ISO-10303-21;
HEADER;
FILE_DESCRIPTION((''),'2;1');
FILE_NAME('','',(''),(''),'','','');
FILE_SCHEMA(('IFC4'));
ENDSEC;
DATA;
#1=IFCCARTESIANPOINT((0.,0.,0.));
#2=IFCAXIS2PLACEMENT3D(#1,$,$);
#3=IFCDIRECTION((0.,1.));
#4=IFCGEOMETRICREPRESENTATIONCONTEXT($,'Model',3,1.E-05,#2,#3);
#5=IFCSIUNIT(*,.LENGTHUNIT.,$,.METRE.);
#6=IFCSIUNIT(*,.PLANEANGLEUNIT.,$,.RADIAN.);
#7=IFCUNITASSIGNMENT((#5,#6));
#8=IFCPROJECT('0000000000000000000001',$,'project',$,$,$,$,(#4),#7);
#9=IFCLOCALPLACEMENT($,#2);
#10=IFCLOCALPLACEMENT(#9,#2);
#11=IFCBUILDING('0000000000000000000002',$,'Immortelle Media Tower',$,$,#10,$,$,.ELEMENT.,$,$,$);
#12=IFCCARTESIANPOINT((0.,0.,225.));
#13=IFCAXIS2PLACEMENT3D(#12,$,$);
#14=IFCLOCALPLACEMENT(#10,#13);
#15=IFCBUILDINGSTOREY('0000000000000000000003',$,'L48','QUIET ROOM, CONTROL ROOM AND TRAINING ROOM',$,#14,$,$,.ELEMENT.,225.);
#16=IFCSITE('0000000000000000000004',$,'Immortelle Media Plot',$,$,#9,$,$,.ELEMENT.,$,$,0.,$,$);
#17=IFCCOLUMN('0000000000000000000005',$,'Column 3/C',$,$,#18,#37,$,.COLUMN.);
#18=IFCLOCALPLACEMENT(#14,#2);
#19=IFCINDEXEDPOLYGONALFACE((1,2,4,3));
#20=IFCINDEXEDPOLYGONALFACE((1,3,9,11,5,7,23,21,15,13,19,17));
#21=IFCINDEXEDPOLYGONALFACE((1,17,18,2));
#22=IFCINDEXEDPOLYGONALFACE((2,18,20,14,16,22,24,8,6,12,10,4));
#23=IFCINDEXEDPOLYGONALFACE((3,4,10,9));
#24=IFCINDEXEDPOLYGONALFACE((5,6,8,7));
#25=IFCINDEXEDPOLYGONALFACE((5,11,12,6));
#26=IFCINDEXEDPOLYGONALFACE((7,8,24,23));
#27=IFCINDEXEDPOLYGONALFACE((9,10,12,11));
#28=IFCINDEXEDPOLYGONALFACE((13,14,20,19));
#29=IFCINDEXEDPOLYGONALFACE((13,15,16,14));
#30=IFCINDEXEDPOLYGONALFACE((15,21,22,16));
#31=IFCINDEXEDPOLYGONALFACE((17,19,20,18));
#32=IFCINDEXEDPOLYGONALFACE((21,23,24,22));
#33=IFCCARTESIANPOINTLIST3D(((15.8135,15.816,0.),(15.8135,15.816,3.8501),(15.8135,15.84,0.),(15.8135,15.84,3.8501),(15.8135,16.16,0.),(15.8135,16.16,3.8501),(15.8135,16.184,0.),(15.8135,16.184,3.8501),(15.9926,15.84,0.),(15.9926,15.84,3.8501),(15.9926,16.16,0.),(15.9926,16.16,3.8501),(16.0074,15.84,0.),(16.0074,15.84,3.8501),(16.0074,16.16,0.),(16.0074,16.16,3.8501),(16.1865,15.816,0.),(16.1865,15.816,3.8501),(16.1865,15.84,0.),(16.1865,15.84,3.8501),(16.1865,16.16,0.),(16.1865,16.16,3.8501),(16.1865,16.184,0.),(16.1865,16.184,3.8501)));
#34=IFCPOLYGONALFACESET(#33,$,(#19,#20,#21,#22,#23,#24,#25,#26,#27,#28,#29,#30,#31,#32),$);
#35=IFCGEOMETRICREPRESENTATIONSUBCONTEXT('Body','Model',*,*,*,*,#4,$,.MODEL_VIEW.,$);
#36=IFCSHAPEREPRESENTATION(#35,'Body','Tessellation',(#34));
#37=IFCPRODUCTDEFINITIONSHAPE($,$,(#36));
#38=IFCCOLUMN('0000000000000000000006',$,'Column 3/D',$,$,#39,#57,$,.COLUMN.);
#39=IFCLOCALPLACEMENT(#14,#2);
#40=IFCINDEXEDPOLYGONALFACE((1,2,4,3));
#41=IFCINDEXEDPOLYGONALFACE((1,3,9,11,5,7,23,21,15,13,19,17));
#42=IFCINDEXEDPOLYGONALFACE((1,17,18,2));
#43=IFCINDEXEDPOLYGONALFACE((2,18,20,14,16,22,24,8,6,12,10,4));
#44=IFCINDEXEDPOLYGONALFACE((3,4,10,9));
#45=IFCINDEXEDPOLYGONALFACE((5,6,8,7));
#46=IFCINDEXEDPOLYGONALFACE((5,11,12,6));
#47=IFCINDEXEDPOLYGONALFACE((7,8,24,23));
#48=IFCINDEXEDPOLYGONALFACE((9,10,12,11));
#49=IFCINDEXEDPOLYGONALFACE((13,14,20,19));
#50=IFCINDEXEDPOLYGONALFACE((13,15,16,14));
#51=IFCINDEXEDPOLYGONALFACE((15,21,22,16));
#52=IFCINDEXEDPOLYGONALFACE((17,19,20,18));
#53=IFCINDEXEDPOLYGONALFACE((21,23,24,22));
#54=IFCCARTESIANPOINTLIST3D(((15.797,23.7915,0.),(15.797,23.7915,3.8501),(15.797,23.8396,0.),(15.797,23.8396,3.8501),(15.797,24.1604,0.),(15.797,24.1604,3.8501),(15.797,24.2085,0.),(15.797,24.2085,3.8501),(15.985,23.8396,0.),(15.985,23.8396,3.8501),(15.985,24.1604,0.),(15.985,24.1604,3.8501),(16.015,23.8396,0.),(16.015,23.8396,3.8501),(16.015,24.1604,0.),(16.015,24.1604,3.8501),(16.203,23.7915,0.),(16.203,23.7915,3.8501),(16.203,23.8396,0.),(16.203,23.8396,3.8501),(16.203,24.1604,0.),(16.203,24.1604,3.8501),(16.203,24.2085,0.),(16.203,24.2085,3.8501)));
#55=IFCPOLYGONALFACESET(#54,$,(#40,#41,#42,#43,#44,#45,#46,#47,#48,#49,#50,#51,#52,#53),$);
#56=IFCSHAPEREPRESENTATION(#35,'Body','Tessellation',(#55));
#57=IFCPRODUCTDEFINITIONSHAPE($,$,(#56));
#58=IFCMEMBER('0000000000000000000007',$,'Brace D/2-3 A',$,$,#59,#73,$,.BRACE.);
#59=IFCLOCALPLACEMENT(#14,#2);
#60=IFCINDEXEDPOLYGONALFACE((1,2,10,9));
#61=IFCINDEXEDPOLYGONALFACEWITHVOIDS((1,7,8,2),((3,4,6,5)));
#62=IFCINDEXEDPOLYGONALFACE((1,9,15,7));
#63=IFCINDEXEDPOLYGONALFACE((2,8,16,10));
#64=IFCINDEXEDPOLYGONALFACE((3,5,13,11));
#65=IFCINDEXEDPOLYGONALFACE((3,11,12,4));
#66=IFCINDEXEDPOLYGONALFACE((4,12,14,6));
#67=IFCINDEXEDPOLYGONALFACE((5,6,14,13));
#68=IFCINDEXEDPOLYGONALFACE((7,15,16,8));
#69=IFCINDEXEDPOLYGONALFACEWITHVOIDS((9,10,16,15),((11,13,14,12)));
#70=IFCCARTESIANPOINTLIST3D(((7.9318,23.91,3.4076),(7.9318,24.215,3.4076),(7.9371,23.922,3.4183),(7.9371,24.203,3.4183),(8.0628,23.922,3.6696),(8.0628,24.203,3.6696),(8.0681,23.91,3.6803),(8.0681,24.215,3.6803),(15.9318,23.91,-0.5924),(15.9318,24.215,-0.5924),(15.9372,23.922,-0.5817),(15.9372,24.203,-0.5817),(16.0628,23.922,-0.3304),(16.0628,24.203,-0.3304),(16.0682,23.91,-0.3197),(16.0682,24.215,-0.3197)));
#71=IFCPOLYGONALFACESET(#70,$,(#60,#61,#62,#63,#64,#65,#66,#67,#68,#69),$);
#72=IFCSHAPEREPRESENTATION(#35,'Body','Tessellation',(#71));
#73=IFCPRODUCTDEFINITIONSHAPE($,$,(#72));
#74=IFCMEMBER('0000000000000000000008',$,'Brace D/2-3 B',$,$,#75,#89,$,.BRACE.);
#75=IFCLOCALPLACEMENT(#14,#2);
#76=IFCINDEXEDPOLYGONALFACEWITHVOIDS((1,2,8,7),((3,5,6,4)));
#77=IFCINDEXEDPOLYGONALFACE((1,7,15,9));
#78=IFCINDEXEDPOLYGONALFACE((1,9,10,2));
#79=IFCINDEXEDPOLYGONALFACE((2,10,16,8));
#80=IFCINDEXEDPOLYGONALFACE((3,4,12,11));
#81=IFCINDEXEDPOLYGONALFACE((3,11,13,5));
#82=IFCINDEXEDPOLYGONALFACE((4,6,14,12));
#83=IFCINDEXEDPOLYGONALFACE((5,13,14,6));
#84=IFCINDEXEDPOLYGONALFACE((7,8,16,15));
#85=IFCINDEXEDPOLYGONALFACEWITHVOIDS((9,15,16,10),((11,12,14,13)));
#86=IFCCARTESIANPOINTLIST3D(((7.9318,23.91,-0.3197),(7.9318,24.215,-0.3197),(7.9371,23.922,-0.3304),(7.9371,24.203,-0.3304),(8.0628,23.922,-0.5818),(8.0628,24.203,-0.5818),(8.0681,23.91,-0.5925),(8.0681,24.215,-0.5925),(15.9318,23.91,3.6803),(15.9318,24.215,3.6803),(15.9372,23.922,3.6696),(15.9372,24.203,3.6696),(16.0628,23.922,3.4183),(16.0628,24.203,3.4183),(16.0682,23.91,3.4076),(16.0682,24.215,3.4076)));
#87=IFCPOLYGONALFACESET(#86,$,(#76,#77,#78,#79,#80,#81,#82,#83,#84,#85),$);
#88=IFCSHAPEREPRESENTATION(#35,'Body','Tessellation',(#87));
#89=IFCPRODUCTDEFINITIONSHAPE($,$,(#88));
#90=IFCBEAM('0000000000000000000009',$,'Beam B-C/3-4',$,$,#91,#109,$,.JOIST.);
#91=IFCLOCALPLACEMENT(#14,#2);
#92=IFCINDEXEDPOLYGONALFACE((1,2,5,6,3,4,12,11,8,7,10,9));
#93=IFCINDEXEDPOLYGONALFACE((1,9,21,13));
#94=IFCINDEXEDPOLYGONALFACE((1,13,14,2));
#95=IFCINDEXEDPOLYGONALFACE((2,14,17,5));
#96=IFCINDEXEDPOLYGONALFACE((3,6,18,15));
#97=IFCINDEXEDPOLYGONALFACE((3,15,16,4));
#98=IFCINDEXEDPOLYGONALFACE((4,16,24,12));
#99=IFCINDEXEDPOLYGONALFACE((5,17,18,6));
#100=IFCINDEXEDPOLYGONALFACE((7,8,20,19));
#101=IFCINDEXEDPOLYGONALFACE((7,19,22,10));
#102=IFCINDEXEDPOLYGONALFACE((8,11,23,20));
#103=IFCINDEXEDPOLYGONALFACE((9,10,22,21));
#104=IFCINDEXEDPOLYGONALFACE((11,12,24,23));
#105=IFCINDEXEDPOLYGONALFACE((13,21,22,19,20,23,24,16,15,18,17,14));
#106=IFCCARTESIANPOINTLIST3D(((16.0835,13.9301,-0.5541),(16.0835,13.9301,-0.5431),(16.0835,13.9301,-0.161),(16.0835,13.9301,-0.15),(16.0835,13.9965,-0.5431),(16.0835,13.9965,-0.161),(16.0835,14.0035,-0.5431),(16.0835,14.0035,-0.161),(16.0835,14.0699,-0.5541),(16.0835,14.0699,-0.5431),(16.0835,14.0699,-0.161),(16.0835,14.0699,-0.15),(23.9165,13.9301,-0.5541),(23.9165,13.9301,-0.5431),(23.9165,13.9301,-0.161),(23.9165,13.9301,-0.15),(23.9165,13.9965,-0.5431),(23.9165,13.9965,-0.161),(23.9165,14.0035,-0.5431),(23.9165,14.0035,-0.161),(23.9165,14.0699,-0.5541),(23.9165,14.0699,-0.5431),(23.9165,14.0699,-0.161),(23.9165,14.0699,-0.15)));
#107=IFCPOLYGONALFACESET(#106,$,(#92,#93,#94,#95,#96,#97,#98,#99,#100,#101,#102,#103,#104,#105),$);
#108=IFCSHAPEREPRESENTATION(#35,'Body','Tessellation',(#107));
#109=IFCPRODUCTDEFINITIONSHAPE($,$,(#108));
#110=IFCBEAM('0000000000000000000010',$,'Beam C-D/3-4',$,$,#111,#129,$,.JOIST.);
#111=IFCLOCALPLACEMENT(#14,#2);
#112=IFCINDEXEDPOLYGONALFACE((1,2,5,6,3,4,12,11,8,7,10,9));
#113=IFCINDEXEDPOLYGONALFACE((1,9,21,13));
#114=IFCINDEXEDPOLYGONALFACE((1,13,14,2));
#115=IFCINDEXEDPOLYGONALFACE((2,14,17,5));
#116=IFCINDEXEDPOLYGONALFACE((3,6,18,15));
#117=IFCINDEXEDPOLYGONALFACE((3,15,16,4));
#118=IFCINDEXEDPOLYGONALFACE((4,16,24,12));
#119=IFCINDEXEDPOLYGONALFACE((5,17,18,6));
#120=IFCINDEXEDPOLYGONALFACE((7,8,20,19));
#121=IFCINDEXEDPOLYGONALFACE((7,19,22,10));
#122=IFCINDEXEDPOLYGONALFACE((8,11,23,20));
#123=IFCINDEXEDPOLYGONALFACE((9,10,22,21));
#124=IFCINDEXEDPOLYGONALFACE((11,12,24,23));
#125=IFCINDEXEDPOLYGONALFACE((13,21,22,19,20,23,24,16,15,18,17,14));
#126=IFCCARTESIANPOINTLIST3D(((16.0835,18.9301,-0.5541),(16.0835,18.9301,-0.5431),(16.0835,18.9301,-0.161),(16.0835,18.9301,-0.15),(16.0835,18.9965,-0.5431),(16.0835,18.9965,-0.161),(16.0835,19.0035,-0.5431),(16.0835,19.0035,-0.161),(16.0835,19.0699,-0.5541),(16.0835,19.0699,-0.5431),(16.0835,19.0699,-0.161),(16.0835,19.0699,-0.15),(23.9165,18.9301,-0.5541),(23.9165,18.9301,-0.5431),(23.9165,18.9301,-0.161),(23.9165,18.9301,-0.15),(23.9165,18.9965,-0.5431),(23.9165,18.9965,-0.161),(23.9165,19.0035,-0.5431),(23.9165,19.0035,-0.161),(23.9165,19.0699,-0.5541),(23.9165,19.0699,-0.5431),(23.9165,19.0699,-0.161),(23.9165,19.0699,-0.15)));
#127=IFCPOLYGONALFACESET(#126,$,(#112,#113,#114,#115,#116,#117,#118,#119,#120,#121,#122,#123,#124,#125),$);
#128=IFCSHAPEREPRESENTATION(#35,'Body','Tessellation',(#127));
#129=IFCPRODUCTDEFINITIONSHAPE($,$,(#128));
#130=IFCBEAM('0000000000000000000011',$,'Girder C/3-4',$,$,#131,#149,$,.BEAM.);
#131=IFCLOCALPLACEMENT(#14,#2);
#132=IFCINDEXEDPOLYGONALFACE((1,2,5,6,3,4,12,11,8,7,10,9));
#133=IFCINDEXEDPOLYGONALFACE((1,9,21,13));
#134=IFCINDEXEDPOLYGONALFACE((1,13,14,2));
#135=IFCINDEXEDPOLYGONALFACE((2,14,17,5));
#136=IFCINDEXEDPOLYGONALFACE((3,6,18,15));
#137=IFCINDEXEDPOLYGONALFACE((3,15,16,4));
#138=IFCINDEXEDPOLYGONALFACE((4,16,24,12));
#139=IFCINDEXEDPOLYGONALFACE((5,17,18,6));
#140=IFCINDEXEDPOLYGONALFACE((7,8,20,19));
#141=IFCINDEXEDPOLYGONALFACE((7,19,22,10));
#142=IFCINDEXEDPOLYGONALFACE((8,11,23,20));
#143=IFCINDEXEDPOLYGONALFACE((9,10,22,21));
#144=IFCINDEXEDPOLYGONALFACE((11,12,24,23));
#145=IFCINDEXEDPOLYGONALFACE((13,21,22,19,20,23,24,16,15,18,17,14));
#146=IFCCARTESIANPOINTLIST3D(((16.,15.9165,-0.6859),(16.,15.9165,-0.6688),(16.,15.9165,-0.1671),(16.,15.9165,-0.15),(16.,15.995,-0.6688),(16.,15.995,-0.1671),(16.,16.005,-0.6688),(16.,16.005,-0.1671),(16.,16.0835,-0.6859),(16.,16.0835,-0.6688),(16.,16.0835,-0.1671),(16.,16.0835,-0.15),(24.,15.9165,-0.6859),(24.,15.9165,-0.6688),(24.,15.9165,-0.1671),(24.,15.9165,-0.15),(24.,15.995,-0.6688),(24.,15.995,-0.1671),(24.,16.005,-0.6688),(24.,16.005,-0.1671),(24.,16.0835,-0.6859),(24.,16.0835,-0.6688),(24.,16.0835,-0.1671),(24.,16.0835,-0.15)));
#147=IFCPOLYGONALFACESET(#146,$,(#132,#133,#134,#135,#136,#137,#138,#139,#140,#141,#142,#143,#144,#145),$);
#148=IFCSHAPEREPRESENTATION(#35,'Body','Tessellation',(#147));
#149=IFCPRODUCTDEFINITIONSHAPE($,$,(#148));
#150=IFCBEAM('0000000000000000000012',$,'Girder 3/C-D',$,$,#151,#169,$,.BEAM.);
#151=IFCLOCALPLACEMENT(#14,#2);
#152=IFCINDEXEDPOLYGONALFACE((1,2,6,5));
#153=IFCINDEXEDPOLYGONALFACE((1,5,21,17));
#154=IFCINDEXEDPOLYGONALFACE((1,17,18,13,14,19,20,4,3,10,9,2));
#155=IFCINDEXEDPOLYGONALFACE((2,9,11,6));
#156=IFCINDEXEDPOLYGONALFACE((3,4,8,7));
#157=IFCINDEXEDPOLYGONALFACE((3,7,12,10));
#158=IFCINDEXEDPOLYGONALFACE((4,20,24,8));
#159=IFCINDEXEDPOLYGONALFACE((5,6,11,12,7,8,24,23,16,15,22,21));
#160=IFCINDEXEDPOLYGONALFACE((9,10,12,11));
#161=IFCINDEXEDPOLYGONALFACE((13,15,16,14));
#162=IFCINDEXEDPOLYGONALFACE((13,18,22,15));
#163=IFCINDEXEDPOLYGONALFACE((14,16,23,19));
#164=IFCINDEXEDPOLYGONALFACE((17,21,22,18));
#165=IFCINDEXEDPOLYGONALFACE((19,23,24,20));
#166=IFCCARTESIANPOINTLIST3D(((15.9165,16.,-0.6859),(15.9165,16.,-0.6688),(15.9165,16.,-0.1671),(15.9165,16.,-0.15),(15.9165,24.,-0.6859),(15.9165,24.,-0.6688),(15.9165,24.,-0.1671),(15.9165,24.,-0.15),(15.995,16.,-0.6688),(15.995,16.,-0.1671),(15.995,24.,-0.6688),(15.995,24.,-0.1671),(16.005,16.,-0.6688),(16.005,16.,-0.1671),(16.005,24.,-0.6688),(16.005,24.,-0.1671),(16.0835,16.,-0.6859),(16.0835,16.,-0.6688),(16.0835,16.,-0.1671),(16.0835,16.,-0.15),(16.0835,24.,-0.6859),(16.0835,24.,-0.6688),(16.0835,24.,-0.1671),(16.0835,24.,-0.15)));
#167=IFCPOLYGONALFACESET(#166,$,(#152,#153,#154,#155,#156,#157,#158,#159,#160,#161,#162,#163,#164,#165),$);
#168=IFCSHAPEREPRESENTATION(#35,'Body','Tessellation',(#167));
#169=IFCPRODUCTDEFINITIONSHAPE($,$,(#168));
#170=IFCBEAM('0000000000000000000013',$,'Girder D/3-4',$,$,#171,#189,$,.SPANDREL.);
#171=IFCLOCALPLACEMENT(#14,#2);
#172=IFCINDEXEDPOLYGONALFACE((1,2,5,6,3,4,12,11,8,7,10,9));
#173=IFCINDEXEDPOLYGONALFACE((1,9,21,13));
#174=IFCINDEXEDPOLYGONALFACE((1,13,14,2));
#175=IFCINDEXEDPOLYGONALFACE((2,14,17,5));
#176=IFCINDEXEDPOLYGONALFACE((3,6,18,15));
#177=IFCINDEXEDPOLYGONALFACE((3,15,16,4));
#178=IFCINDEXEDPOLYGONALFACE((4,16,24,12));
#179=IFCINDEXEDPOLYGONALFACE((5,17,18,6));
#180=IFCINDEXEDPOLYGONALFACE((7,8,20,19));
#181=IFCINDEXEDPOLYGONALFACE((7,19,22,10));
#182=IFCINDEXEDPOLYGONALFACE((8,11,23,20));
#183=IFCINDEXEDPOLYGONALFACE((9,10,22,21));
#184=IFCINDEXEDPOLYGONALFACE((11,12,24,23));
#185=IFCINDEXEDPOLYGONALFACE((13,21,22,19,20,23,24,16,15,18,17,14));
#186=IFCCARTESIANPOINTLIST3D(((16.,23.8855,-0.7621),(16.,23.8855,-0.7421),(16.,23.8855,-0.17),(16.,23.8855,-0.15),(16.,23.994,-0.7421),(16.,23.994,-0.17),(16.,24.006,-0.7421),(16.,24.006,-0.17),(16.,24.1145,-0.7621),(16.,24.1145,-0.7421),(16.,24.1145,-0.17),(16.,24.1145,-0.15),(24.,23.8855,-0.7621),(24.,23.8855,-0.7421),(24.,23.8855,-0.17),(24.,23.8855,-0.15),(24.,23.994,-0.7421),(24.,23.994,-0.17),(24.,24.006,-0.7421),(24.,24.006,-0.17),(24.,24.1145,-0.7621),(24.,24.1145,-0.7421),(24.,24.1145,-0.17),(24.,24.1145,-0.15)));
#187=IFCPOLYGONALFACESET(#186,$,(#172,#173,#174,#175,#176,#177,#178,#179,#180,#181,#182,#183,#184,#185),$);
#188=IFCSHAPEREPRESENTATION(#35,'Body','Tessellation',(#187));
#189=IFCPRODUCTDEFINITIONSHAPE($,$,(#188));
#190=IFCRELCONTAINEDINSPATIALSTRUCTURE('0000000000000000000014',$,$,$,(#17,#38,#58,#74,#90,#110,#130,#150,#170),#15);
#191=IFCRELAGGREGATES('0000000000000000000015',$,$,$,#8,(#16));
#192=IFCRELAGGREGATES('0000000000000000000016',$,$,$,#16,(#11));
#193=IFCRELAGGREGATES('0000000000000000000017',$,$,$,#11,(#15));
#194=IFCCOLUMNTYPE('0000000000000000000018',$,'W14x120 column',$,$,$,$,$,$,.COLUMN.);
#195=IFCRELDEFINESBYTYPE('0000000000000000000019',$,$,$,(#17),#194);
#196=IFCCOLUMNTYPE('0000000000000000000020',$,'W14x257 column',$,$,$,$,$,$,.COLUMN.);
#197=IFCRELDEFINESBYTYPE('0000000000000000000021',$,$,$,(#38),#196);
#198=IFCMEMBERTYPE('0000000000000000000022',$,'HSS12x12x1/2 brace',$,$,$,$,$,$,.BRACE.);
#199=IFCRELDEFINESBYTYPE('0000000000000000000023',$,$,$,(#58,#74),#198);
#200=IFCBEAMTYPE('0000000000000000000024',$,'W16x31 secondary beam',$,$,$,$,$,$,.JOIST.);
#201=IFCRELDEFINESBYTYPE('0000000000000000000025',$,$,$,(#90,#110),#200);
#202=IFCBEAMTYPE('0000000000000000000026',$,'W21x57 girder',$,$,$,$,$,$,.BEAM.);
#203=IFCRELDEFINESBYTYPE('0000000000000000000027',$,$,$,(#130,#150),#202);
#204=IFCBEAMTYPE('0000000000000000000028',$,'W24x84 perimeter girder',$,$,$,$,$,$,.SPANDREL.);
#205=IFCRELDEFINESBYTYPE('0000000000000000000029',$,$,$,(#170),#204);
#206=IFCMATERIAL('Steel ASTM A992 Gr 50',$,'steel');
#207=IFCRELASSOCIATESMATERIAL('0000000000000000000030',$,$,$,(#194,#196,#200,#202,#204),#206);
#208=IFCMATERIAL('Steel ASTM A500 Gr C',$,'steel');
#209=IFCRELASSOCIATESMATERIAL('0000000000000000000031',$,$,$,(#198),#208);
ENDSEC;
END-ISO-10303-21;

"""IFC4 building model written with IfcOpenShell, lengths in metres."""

from ifc_helpers import new_model, si_unit, direction, frame, origin, origin_2d, place, context, subcontext, project, spatial, hollow_rectangle, i_section, extrude, material, material_profile, profile_set, type_object, element, save


model = new_model("IFC4")

# Units and contexts
model_context = context("Model", 3, precision=1e-05, world=origin(), true_north=direction((0.0, 1.0)))
body_context = subcontext(model_context, "Body", "Model", "MODEL_VIEW")
ifc_project = project(units=[si_unit("LENGTHUNIT", "METRE"), si_unit("PLANEANGLEUNIT", "RADIAN")], contexts=[model_context])

# Site, building, storey
site_placement = place(None, origin())
site = spatial("IfcSite", under=ifc_project, at=site_placement, Name="Immortelle Media Plot", CompositionType="ELEMENT", RefElevation=0.0)
building_placement = place(site_placement, origin())
building = spatial("IfcBuilding", under=site, at=building_placement, Name="Immortelle Media Tower", CompositionType="ELEMENT")
storey_placement = place(building_placement, frame((0.0, 0.0, 225.0)))
storey = spatial("IfcBuildingStorey", under=building, at=storey_placement, Name="L48", Description="QUIET ROOM, CONTROL ROOM AND TRAINING ROOM", CompositionType="ELEMENT", Elevation=225.0)

# Columns
ifc_material_1 = material(Name="Steel ASTM A992 Gr 50", Category="steel")
ifc_material_profile_1 = material_profile(ifc_material_1, i_section(OverallWidth=0.373, OverallDepth=0.3679, WebThickness=0.0149, FlangeThickness=0.0239, at=origin_2d()), Name="W14x120")
ifc_profile_set_1 = profile_set([ifc_material_profile_1], Name="Steel ASTM A992 Gr 50")
column_type_1 = type_object("IfcColumnType", Name="W14x120 column", PredefinedType="COLUMN", material=ifc_profile_set_1)
column_1_placement = place(storey_placement, frame((16.0, 16.0, 0.0), z_axis=(0.0, 0.0, 1.0), x_axis=(1.0, 0.0, 0.0)))
element("IfcColumn", 1, at=column_1_placement, inside=storey, type_object=column_type_1, Name="Column 3/C", PredefinedType="COLUMN", context=body_context, shape_type="SweptSolid", body=[
    extrude(i_section(OverallWidth=0.373, OverallDepth=0.3679, WebThickness=0.0149, FlangeThickness=0.0239, at=origin_2d()), origin(), (0.0, 0.0, 1.0), 3.8501),
])
ifc_material_profile_2 = material_profile(ifc_material_1, i_section(OverallWidth=0.406, OverallDepth=0.417, WebThickness=0.03, FlangeThickness=0.0481, at=origin_2d()), Name="W14x257")
ifc_profile_set_2 = profile_set([ifc_material_profile_2], Name="Steel ASTM A992 Gr 50")
column_type_2 = type_object("IfcColumnType", Name="W14x257 column", PredefinedType="COLUMN", material=ifc_profile_set_2)
column_2_placement = place(storey_placement, frame((16.0, 24.0, 0.0), z_axis=(0.0, 0.0, 1.0), x_axis=(1.0, 0.0, 0.0)))
element("IfcColumn", 2, at=column_2_placement, inside=storey, type_object=column_type_2, Name="Column 3/D", PredefinedType="COLUMN", context=body_context, shape_type="SweptSolid", body=[
    extrude(i_section(OverallWidth=0.406, OverallDepth=0.417, WebThickness=0.03, FlangeThickness=0.0481, at=origin_2d()), origin(), (0.0, 0.0, 1.0), 3.8501),
])

# Members
ifc_material_2 = material(Name="Steel ASTM A500 Gr C", Category="steel")
ifc_material_profile_3 = material_profile(ifc_material_2, hollow_rectangle(XDim=0.3049, YDim=0.3049, WallThickness=0.012, at=origin_2d()), Name="HSS12x12x1/2 brace")
ifc_profile_set_3 = profile_set([ifc_material_profile_3], Name="Steel ASTM A500 Gr C")
member_type = type_object("IfcMemberType", Name="HSS12x12x1/2 brace", PredefinedType="BRACE", material=ifc_profile_set_3)
for number, where, z_axis, x_axis, name in (
    (3, (16.0, 24.0625, -0.4561), (-0.894427, 0.0, 0.447214), (0.0, -1.0, 0.0), "Brace D/2-3 A"),
    (4, (16.0, 24.0625, 3.5439), (-0.894427, 0.0, -0.447214), (0.0, -1.0, 0.0), "Brace D/2-3 B"),
):
    element("IfcMember", number, at=place(storey_placement, frame(where, z_axis=z_axis, x_axis=x_axis)), inside=storey, type_object=member_type, Name=name, PredefinedType="BRACE", context=body_context, shape_type="SweptSolid", body=[
        extrude(hollow_rectangle(XDim=0.3049, YDim=0.3049, WallThickness=0.012, at=origin_2d()), origin(), (0.0, 0.0, 1.0), 8.9443),
    ])

# Beams
ifc_material_profile_4 = material_profile(ifc_material_1, i_section(OverallWidth=0.1399, OverallDepth=0.4041, WebThickness=0.0071, FlangeThickness=0.011, at=origin_2d()), Name="W16x31")
ifc_profile_set_4 = profile_set([ifc_material_profile_4], Name="Steel ASTM A992 Gr 50")
beam_type_1 = type_object("IfcBeamType", Name="W16x31 secondary beam", PredefinedType="JOIST", material=ifc_profile_set_4)
for number, where, z_axis, x_axis, name in (
    (5, (16.0835, 14.0, -0.3521), (1.0, 0.0, 0.0), (0.0, 1.0, 0.0), "Beam B-C/3-4"),
    (6, (16.0835, 19.0, -0.3521), (1.0, 0.0, 0.0), (0.0, 1.0, 0.0), "Beam C-D/3-4"),
):
    element("IfcBeam", number, at=place(storey_placement, frame(where, z_axis=z_axis, x_axis=x_axis)), inside=storey, type_object=beam_type_1, Name=name, PredefinedType="JOIST", context=body_context, shape_type="SweptSolid", body=[
        extrude(i_section(OverallWidth=0.1399, OverallDepth=0.4041, WebThickness=0.0071, FlangeThickness=0.011, at=origin_2d()), origin(), (0.0, 0.0, 1.0), 7.833),
    ])
ifc_material_profile_5 = material_profile(ifc_material_1, i_section(OverallWidth=0.167, OverallDepth=0.5359, WebThickness=0.01, FlangeThickness=0.0171, at=origin_2d()), Name="W21x57")
ifc_profile_set_5 = profile_set([ifc_material_profile_5], Name="Steel ASTM A992 Gr 50")
beam_type_2 = type_object("IfcBeamType", Name="W21x57 girder", PredefinedType="BEAM", material=ifc_profile_set_5)
for number, where, z_axis, x_axis, name in (
    (7, (16.0, 16.0, -0.418), (1.0, 0.0, 0.0), (0.0, 1.0, 0.0), "Girder C/3-4"),
    (8, (16.0, 16.0, -0.418), (0.0, 1.0, 0.0), (-1.0, 0.0, 0.0), "Girder 3/C-D"),
):
    element("IfcBeam", number, at=place(storey_placement, frame(where, z_axis=z_axis, x_axis=x_axis)), inside=storey, type_object=beam_type_2, Name=name, PredefinedType="BEAM", context=body_context, shape_type="SweptSolid", body=[
        extrude(i_section(OverallWidth=0.167, OverallDepth=0.5359, WebThickness=0.01, FlangeThickness=0.0171, at=origin_2d()), origin(), (0.0, 0.0, 1.0), 8.0),
    ])
ifc_material_profile_6 = material_profile(ifc_material_1, i_section(OverallWidth=0.229, OverallDepth=0.6121, WebThickness=0.012, FlangeThickness=0.02, at=origin_2d()), Name="W24x84")
ifc_profile_set_6 = profile_set([ifc_material_profile_6], Name="Steel ASTM A992 Gr 50")
beam_type_3 = type_object("IfcBeamType", Name="W24x84 perimeter girder", PredefinedType="SPANDREL", material=ifc_profile_set_6)
beam_placement = place(storey_placement, frame((16.0, 24.0, -0.4561), z_axis=(1.0, 0.0, 0.0), x_axis=(0.0, 1.0, 0.0)))
element("IfcBeam", 9, at=beam_placement, inside=storey, type_object=beam_type_3, Name="Girder D/3-4", PredefinedType="SPANDREL", context=body_context, shape_type="SweptSolid", body=[
    extrude(i_section(OverallWidth=0.229, OverallDepth=0.6121, WebThickness=0.012, FlangeThickness=0.02, at=origin_2d()), origin(), (0.0, 0.0, 1.0), 8.0),
])

save(model, "model.ifc")
